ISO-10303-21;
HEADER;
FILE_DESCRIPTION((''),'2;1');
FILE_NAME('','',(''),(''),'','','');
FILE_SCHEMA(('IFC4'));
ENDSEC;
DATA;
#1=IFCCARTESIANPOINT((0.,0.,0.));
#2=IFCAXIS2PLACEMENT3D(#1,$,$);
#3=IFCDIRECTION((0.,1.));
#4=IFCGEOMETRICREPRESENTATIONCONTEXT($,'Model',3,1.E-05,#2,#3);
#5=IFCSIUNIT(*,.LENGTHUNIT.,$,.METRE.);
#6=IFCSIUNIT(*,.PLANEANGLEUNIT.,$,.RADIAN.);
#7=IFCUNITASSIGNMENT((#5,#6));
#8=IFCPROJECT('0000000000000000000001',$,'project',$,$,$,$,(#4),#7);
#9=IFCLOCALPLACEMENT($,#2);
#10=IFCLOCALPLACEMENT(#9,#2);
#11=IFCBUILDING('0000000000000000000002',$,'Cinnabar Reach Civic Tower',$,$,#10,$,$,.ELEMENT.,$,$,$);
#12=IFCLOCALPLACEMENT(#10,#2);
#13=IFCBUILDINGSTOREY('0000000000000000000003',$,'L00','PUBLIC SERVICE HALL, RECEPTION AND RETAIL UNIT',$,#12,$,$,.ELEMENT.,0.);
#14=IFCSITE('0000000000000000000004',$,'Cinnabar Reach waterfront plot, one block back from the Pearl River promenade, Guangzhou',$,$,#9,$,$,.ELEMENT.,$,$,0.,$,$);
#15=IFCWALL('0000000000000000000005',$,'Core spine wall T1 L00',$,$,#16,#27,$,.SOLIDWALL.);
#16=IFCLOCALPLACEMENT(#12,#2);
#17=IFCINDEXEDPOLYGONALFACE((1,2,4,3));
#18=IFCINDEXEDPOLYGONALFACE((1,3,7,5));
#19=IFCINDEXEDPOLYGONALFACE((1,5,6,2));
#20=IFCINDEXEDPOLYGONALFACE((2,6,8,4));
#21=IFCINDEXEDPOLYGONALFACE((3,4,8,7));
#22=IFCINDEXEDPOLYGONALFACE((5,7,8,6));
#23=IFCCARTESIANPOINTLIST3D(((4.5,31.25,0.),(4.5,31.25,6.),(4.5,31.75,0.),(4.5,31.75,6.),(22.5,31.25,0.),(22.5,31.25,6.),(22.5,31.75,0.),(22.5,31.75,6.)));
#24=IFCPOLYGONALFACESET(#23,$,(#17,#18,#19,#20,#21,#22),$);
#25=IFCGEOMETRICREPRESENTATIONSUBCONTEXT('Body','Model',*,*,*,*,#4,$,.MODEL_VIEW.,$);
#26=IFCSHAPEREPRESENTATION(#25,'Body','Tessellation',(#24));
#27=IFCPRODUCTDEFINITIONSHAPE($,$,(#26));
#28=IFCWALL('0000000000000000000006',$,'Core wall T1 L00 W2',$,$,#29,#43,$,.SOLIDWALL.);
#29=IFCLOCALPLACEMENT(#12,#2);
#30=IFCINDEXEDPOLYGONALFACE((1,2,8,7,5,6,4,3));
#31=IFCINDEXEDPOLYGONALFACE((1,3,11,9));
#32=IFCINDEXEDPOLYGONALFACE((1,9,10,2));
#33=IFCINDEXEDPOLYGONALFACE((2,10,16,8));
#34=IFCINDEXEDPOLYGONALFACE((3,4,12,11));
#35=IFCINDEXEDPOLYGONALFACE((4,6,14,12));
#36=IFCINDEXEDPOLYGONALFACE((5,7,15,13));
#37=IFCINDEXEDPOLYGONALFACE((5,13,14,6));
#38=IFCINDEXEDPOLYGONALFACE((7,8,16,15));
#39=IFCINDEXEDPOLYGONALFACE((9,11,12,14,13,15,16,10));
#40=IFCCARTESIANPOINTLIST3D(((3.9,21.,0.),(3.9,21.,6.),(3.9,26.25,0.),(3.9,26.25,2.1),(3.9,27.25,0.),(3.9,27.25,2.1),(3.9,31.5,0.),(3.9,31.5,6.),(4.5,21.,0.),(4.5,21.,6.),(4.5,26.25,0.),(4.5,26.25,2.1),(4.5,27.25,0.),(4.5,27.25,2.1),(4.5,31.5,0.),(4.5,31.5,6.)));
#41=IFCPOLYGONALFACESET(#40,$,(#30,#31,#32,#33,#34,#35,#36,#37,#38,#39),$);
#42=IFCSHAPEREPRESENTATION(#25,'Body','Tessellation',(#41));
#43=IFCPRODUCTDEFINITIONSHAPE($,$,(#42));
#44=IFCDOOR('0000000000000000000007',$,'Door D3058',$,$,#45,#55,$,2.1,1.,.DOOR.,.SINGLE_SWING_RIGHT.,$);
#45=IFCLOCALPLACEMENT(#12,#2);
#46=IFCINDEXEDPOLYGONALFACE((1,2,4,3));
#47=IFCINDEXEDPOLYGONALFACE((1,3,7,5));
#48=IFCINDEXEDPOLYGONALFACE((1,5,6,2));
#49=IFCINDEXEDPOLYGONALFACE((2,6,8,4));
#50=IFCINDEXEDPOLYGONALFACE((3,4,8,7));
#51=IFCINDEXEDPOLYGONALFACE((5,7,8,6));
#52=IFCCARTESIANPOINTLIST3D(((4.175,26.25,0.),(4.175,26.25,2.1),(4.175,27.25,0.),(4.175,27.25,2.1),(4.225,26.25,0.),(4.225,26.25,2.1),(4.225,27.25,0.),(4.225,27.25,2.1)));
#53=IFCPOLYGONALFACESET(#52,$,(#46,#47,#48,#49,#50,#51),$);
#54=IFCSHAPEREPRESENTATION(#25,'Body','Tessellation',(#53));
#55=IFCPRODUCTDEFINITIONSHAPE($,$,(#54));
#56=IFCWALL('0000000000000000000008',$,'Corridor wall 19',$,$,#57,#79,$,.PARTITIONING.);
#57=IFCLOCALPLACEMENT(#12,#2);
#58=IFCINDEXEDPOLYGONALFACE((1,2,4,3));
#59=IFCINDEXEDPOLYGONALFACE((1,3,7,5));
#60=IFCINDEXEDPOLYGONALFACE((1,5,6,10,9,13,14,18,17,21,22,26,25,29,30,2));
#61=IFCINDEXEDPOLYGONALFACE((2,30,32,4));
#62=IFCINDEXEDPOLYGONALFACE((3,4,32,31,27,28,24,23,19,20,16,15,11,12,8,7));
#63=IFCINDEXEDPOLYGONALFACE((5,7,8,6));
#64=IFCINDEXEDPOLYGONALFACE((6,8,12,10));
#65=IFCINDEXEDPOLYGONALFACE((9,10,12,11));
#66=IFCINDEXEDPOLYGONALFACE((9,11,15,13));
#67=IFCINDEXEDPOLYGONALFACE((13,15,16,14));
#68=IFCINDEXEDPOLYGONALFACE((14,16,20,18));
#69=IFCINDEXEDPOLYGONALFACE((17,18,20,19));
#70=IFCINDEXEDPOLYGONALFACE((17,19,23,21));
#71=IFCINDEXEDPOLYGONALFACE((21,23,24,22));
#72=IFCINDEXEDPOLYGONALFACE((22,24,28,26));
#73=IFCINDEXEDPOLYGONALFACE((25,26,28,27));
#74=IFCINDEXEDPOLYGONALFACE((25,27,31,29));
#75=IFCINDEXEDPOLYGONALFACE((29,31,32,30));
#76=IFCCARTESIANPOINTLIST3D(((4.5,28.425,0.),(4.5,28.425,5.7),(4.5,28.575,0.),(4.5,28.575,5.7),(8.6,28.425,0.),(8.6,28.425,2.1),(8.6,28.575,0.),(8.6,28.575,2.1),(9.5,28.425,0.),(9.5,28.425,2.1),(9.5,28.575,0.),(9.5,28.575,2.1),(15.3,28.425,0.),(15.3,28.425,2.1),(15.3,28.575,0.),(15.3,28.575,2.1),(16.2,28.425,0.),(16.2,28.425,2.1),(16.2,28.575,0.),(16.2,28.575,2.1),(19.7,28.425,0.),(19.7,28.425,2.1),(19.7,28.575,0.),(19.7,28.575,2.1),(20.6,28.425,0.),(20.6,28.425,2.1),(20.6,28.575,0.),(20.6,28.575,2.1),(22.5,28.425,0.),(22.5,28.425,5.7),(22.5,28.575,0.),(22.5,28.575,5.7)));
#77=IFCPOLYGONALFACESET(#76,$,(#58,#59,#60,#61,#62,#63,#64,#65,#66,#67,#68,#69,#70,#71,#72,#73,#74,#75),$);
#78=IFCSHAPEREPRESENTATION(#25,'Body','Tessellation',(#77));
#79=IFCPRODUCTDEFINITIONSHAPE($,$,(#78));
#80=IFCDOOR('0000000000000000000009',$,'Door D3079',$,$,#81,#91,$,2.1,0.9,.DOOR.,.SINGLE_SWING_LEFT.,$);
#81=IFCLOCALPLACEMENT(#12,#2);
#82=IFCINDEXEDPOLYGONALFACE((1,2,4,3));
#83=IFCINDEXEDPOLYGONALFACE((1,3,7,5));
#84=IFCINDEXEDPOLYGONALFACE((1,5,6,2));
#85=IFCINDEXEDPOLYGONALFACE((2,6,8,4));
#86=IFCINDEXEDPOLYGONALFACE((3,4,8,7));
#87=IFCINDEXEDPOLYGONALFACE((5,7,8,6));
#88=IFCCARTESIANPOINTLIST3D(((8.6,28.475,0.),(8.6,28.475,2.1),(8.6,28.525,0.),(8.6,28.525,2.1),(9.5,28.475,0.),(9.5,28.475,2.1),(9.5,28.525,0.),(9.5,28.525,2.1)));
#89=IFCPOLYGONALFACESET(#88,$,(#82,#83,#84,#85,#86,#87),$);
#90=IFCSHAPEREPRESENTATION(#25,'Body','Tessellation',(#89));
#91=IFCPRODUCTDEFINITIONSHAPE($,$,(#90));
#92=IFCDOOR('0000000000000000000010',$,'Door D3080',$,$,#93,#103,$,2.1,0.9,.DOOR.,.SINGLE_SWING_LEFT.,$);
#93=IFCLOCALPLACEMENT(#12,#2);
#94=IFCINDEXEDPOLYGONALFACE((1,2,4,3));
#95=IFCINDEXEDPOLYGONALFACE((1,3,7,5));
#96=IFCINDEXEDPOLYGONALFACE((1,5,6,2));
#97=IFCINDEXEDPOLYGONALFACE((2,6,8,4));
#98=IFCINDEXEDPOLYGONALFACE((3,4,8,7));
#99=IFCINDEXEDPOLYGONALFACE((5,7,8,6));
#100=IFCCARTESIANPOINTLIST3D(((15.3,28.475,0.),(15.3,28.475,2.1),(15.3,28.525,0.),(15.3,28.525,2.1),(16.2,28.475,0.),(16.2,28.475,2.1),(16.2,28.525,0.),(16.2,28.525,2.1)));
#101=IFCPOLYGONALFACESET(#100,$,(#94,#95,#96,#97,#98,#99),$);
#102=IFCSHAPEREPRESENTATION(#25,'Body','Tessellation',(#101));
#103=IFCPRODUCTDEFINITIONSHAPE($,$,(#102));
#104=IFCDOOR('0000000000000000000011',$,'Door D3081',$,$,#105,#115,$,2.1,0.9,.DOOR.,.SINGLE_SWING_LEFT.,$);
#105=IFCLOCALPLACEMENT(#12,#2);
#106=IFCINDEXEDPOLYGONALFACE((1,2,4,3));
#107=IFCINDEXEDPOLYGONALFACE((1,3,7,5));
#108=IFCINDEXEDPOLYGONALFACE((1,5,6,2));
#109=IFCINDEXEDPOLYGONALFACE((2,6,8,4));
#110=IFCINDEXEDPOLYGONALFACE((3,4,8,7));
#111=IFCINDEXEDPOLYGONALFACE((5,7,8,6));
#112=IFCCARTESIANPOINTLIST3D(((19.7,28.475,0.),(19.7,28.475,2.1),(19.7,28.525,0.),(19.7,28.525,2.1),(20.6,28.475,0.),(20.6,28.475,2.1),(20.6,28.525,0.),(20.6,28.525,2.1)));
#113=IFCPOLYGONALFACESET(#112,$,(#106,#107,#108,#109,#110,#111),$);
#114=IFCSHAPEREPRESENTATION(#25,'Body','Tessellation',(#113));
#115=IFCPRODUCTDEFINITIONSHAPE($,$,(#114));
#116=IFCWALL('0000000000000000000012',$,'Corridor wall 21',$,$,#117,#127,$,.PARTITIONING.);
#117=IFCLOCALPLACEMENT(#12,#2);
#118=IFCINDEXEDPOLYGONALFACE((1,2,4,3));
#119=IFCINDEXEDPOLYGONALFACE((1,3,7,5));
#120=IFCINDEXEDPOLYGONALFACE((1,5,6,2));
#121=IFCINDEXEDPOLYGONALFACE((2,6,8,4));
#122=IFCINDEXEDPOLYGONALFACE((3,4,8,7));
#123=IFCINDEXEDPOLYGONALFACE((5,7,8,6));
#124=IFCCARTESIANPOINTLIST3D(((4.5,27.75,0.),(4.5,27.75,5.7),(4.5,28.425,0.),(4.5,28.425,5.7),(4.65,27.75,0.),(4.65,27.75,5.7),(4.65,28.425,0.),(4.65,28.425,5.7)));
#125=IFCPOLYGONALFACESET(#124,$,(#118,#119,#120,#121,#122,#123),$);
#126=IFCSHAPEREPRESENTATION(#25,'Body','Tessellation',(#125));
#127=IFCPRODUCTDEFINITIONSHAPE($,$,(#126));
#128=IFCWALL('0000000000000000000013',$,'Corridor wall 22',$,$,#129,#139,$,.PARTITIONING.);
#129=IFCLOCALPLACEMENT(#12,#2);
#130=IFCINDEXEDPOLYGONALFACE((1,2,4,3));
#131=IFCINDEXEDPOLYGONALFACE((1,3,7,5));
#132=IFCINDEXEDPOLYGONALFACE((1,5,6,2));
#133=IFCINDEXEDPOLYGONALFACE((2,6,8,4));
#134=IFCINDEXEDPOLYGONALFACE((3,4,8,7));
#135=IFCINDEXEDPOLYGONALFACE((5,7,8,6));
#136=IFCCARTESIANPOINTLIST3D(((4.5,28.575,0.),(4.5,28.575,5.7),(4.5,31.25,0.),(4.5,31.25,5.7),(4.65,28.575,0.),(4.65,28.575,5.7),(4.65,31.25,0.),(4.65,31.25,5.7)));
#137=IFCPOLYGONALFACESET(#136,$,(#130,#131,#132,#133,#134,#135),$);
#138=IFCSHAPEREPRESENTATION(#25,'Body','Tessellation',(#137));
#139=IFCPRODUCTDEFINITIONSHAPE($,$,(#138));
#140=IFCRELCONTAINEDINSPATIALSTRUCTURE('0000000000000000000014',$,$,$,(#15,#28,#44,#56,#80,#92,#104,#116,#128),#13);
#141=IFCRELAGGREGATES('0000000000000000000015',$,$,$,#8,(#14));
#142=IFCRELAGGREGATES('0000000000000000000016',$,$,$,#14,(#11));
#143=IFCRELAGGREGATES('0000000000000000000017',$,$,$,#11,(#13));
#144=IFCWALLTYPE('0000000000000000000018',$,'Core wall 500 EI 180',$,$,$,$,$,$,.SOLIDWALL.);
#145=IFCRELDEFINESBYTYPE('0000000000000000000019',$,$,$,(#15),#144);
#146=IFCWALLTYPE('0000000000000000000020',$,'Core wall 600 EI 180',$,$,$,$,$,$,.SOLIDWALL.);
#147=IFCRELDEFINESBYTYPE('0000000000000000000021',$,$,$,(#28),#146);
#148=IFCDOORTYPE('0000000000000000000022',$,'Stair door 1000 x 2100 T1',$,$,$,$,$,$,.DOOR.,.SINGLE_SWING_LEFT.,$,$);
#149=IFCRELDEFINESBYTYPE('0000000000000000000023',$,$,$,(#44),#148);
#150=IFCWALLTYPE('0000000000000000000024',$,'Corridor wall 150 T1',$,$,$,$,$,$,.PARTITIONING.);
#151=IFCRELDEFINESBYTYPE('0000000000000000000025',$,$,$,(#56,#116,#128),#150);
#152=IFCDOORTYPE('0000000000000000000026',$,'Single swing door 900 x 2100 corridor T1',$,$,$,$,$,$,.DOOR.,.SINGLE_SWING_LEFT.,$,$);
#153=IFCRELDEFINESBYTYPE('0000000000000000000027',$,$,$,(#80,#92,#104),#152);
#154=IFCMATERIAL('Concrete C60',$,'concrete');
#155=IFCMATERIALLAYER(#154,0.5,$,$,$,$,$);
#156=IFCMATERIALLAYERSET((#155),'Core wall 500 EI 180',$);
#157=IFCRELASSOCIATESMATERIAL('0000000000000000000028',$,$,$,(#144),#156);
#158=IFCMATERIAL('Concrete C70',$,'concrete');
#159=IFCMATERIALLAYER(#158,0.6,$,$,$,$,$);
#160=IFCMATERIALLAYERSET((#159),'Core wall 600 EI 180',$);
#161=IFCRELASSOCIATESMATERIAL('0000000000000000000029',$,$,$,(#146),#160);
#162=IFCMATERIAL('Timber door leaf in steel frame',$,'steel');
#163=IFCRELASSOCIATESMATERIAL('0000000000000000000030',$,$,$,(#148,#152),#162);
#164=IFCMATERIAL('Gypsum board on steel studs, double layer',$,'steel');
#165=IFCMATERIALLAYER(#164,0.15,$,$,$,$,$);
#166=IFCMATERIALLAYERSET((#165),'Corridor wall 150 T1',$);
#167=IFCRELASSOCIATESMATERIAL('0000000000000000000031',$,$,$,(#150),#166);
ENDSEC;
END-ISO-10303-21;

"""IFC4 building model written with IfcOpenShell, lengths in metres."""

from ifc_helpers import new_model, si_unit, direction, frame, frame_2d, origin, place, context, subcontext, project, spatial, rectangle, extrude, material, layer, layer_set, type_object, element, fill, save


model = new_model("IFC4")

# Units and contexts
model_context = context("Model", 3, precision=1e-05, world=origin(), true_north=direction((0.0, 1.0)))
body_context = subcontext(model_context, "Body", "Model", "MODEL_VIEW")
ifc_project = project(units=[si_unit("LENGTHUNIT", "METRE"), si_unit("PLANEANGLEUNIT", "RADIAN")], contexts=[model_context])

# Site, building, storey
site_placement = place(None, origin())
site = spatial("IfcSite", under=ifc_project, at=site_placement, Name="Cinnabar Reach waterfront plot, one block back from the Pearl River promenade, Guangzhou", CompositionType="ELEMENT", RefElevation=0.0)
building_placement = place(site_placement, origin())
building = spatial("IfcBuilding", under=site, at=building_placement, Name="Cinnabar Reach Civic Tower", CompositionType="ELEMENT")
storey_placement = place(building_placement, origin())
storey = spatial("IfcBuildingStorey", under=building, at=storey_placement, Name="L00", Description="PUBLIC SERVICE HALL, RECEPTION AND RETAIL UNIT", CompositionType="ELEMENT", Elevation=0.0)

# Wall
ifc_material_1 = material(Name="Concrete C60", Category="concrete")
ifc_layer_1 = layer(ifc_material_1, 0.5)
ifc_layer_set_1 = layer_set([ifc_layer_1], Name="Core wall 500 EI 180")
wall_type_1 = type_object("IfcWallType", Name="Core wall 500 EI 180", PredefinedType="SOLIDWALL", material=ifc_layer_set_1)
wall_1_placement = place(storey_placement, frame((4.5, 31.5, 0.0), z_axis=(0.0, 0.0, 1.0), x_axis=(1.0, 0.0, 0.0)))
element("IfcWall", 1, at=wall_1_placement, inside=storey, type_object=wall_type_1, Name="Core spine wall T1 L00", PredefinedType="SOLIDWALL", context=body_context, shape_type="SweptSolid", body=[
    extrude(rectangle(XDim=18.0, YDim=0.5, at=frame_2d((9.0, 0.0))), origin(), (0.0, 0.0, 1.0), 6.0),
])

# Wall, opening, door
ifc_material_2 = material(Name="Concrete C70", Category="concrete")
ifc_layer_2 = layer(ifc_material_2, 0.6)
ifc_layer_set_2 = layer_set([ifc_layer_2], Name="Core wall 600 EI 180")
wall_type_2 = type_object("IfcWallType", Name="Core wall 600 EI 180", PredefinedType="SOLIDWALL", material=ifc_layer_set_2)
wall_2_placement = place(storey_placement, frame((4.2, 31.5, 0.0), z_axis=(0.0, 0.0, 1.0), x_axis=(0.0, -1.0, 0.0)))
wall_2 = element("IfcWall", 2, at=wall_2_placement, inside=storey, type_object=wall_type_2, Name="Core wall T1 L00 W2", PredefinedType="SOLIDWALL", context=body_context, shape_type="SweptSolid", body=[
    extrude(rectangle(XDim=10.5, YDim=0.6, at=frame_2d((5.25, 0.0))), origin(), (0.0, 0.0, 1.0), 6.0),
])
opening_1_placement = place(wall_2_placement, frame((4.25, 0.0, 0.0)))
opening_1 = element("IfcOpeningElement", 3, at=opening_1_placement, cuts=wall_2, PredefinedType="OPENING", context=body_context, shape_type="SweptSolid", body=[
    extrude(rectangle(XDim=1.0, YDim=2.1, at=frame_2d((0.5, 1.05))), frame((0.0, 0.31, 0.0), z_axis=(0.0, -1.0, 0.0), x_axis=(1.0, 0.0, 0.0)), (0.0, 0.0, 1.0), 0.62),
])
ifc_material_3 = material(Name="Timber door leaf in steel frame", Category="steel")
door_type_1 = type_object("IfcDoorType", Name="Stair door 1000 x 2100 T1", OperationType="SINGLE_SWING_LEFT", PredefinedType="DOOR", material=ifc_material_3)
door_1_placement = place(opening_1_placement, frame((1.0, 0.0, 0.0), z_axis=(0.0, 0.0, 1.0), x_axis=(-1.0, 0.0, 0.0)))
door_1 = element("IfcDoor", 4, at=door_1_placement, inside=storey, type_object=door_type_1, Name="Door D3058", OperationType="SINGLE_SWING_RIGHT", OverallHeight=2.1, OverallWidth=1.0, PredefinedType="DOOR", context=body_context, shape_type="SweptSolid", body=[
    extrude(rectangle(XDim=1.0, YDim=2.1, at=frame_2d((0.5, 1.05))), frame((0.0, 0.025, 0.0), z_axis=(0.0, -1.0, 0.0), x_axis=(1.0, 0.0, 0.0)), (0.0, 0.0, 1.0), 0.05),
])
fill(opening_1, door_1)

# Wall, openings, doors
ifc_material_4 = material(Name="Gypsum board on steel studs, double layer", Category="steel")
ifc_layer_3 = layer(ifc_material_4, 0.15)
ifc_layer_set_3 = layer_set([ifc_layer_3], Name="Corridor wall 150 T1")
wall_type_3 = type_object("IfcWallType", Name="Corridor wall 150 T1", PredefinedType="PARTITIONING", material=ifc_layer_set_3)
wall_3_placement = place(storey_placement, frame((4.5, 28.5, 0.0), z_axis=(0.0, 0.0, 1.0), x_axis=(1.0, 0.0, 0.0)))
wall_3 = element("IfcWall", 5, at=wall_3_placement, inside=storey, type_object=wall_type_3, Name="Corridor wall 19", PredefinedType="PARTITIONING", context=body_context, shape_type="SweptSolid", body=[
    extrude(rectangle(XDim=18.0, YDim=0.15, at=frame_2d((9.0, 0.0))), origin(), (0.0, 0.0, 1.0), 5.7),
])
opening_2_placement = place(wall_3_placement, frame((4.1, 0.0, 0.0)))
opening_2 = element("IfcOpeningElement", 6, at=opening_2_placement, cuts=wall_3, PredefinedType="OPENING", context=body_context, shape_type="SweptSolid", body=[
    extrude(rectangle(XDim=0.9, YDim=2.1, at=frame_2d((0.45, 1.05))), frame((0.0, 0.085, 0.0), z_axis=(0.0, -1.0, 0.0), x_axis=(1.0, 0.0, 0.0)), (0.0, 0.0, 1.0), 0.17),
])
opening_3_placement = place(wall_3_placement, frame((10.8, 0.0, 0.0)))
opening_3 = element("IfcOpeningElement", 7, at=opening_3_placement, cuts=wall_3, PredefinedType="OPENING", context=body_context, shape_type="SweptSolid", body=[
    extrude(rectangle(XDim=0.9, YDim=2.1, at=frame_2d((0.45, 1.05))), frame((0.0, 0.085, 0.0), z_axis=(0.0, -1.0, 0.0), x_axis=(1.0, 0.0, 0.0)), (0.0, 0.0, 1.0), 0.17),
])
opening_4_placement = place(wall_3_placement, frame((15.2, 0.0, 0.0)))
opening_4 = element("IfcOpeningElement", 8, at=opening_4_placement, cuts=wall_3, PredefinedType="OPENING", context=body_context, shape_type="SweptSolid", body=[
    extrude(rectangle(XDim=0.9, YDim=2.1, at=frame_2d((0.45, 1.05))), frame((0.0, 0.085, 0.0), z_axis=(0.0, -1.0, 0.0), x_axis=(1.0, 0.0, 0.0)), (0.0, 0.0, 1.0), 0.17),
])
door_type_2 = type_object("IfcDoorType", Name="Single swing door 900 x 2100 corridor T1", OperationType="SINGLE_SWING_LEFT", PredefinedType="DOOR", material=ifc_material_3)
door_2_placement = place(opening_2_placement, origin())
door_2 = element("IfcDoor", 9, at=door_2_placement, inside=storey, type_object=door_type_2, Name="Door D3079", OperationType="SINGLE_SWING_LEFT", OverallHeight=2.1, OverallWidth=0.9, PredefinedType="DOOR", context=body_context, shape_type="SweptSolid", body=[
    extrude(rectangle(XDim=0.9, YDim=2.1, at=frame_2d((0.45, 1.05))), frame((0.0, 0.025, 0.0), z_axis=(0.0, -1.0, 0.0), x_axis=(1.0, 0.0, 0.0)), (0.0, 0.0, 1.0), 0.05),
])
fill(opening_2, door_2)
door_3_placement = place(opening_3_placement, origin())
door_3 = element("IfcDoor", 10, at=door_3_placement, inside=storey, type_object=door_type_2, Name="Door D3080", OperationType="SINGLE_SWING_LEFT", OverallHeight=2.1, OverallWidth=0.9, PredefinedType="DOOR", context=body_context, shape_type="SweptSolid", body=[
    extrude(rectangle(XDim=0.9, YDim=2.1, at=frame_2d((0.45, 1.05))), frame((0.0, 0.025, 0.0), z_axis=(0.0, -1.0, 0.0), x_axis=(1.0, 0.0, 0.0)), (0.0, 0.0, 1.0), 0.05),
])
fill(opening_3, door_3)
door_4_placement = place(opening_4_placement, origin())
door_4 = element("IfcDoor", 11, at=door_4_placement, inside=storey, type_object=door_type_2, Name="Door D3081", OperationType="SINGLE_SWING_LEFT", OverallHeight=2.1, OverallWidth=0.9, PredefinedType="DOOR", context=body_context, shape_type="SweptSolid", body=[
    extrude(rectangle(XDim=0.9, YDim=2.1, at=frame_2d((0.45, 1.05))), frame((0.0, 0.025, 0.0), z_axis=(0.0, -1.0, 0.0), x_axis=(1.0, 0.0, 0.0)), (0.0, 0.0, 1.0), 0.05),
])
fill(opening_4, door_4)

# Walls
wall_4_placement = place(storey_placement, frame((4.575, 27.75, 0.0), z_axis=(0.0, 0.0, 1.0), x_axis=(0.0, 1.0, 0.0)))
element("IfcWall", 12, at=wall_4_placement, inside=storey, type_object=wall_type_3, Name="Corridor wall 21", PredefinedType="PARTITIONING", context=body_context, shape_type="SweptSolid", body=[
    extrude(rectangle(XDim=0.675, YDim=0.15, at=frame_2d((0.3375, 0.0))), origin(), (0.0, 0.0, 1.0), 5.7),
])
wall_5_placement = place(storey_placement, frame((4.575, 28.575, 0.0), z_axis=(0.0, 0.0, 1.0), x_axis=(0.0, 1.0, 0.0)))
element("IfcWall", 13, at=wall_5_placement, inside=storey, type_object=wall_type_3, Name="Corridor wall 22", PredefinedType="PARTITIONING", context=body_context, shape_type="SweptSolid", body=[
    extrude(rectangle(XDim=2.675, YDim=0.15, at=frame_2d((1.3375, 0.0))), origin(), (0.0, 0.0, 1.0), 5.7),
])

save(model, "model.ifc")
